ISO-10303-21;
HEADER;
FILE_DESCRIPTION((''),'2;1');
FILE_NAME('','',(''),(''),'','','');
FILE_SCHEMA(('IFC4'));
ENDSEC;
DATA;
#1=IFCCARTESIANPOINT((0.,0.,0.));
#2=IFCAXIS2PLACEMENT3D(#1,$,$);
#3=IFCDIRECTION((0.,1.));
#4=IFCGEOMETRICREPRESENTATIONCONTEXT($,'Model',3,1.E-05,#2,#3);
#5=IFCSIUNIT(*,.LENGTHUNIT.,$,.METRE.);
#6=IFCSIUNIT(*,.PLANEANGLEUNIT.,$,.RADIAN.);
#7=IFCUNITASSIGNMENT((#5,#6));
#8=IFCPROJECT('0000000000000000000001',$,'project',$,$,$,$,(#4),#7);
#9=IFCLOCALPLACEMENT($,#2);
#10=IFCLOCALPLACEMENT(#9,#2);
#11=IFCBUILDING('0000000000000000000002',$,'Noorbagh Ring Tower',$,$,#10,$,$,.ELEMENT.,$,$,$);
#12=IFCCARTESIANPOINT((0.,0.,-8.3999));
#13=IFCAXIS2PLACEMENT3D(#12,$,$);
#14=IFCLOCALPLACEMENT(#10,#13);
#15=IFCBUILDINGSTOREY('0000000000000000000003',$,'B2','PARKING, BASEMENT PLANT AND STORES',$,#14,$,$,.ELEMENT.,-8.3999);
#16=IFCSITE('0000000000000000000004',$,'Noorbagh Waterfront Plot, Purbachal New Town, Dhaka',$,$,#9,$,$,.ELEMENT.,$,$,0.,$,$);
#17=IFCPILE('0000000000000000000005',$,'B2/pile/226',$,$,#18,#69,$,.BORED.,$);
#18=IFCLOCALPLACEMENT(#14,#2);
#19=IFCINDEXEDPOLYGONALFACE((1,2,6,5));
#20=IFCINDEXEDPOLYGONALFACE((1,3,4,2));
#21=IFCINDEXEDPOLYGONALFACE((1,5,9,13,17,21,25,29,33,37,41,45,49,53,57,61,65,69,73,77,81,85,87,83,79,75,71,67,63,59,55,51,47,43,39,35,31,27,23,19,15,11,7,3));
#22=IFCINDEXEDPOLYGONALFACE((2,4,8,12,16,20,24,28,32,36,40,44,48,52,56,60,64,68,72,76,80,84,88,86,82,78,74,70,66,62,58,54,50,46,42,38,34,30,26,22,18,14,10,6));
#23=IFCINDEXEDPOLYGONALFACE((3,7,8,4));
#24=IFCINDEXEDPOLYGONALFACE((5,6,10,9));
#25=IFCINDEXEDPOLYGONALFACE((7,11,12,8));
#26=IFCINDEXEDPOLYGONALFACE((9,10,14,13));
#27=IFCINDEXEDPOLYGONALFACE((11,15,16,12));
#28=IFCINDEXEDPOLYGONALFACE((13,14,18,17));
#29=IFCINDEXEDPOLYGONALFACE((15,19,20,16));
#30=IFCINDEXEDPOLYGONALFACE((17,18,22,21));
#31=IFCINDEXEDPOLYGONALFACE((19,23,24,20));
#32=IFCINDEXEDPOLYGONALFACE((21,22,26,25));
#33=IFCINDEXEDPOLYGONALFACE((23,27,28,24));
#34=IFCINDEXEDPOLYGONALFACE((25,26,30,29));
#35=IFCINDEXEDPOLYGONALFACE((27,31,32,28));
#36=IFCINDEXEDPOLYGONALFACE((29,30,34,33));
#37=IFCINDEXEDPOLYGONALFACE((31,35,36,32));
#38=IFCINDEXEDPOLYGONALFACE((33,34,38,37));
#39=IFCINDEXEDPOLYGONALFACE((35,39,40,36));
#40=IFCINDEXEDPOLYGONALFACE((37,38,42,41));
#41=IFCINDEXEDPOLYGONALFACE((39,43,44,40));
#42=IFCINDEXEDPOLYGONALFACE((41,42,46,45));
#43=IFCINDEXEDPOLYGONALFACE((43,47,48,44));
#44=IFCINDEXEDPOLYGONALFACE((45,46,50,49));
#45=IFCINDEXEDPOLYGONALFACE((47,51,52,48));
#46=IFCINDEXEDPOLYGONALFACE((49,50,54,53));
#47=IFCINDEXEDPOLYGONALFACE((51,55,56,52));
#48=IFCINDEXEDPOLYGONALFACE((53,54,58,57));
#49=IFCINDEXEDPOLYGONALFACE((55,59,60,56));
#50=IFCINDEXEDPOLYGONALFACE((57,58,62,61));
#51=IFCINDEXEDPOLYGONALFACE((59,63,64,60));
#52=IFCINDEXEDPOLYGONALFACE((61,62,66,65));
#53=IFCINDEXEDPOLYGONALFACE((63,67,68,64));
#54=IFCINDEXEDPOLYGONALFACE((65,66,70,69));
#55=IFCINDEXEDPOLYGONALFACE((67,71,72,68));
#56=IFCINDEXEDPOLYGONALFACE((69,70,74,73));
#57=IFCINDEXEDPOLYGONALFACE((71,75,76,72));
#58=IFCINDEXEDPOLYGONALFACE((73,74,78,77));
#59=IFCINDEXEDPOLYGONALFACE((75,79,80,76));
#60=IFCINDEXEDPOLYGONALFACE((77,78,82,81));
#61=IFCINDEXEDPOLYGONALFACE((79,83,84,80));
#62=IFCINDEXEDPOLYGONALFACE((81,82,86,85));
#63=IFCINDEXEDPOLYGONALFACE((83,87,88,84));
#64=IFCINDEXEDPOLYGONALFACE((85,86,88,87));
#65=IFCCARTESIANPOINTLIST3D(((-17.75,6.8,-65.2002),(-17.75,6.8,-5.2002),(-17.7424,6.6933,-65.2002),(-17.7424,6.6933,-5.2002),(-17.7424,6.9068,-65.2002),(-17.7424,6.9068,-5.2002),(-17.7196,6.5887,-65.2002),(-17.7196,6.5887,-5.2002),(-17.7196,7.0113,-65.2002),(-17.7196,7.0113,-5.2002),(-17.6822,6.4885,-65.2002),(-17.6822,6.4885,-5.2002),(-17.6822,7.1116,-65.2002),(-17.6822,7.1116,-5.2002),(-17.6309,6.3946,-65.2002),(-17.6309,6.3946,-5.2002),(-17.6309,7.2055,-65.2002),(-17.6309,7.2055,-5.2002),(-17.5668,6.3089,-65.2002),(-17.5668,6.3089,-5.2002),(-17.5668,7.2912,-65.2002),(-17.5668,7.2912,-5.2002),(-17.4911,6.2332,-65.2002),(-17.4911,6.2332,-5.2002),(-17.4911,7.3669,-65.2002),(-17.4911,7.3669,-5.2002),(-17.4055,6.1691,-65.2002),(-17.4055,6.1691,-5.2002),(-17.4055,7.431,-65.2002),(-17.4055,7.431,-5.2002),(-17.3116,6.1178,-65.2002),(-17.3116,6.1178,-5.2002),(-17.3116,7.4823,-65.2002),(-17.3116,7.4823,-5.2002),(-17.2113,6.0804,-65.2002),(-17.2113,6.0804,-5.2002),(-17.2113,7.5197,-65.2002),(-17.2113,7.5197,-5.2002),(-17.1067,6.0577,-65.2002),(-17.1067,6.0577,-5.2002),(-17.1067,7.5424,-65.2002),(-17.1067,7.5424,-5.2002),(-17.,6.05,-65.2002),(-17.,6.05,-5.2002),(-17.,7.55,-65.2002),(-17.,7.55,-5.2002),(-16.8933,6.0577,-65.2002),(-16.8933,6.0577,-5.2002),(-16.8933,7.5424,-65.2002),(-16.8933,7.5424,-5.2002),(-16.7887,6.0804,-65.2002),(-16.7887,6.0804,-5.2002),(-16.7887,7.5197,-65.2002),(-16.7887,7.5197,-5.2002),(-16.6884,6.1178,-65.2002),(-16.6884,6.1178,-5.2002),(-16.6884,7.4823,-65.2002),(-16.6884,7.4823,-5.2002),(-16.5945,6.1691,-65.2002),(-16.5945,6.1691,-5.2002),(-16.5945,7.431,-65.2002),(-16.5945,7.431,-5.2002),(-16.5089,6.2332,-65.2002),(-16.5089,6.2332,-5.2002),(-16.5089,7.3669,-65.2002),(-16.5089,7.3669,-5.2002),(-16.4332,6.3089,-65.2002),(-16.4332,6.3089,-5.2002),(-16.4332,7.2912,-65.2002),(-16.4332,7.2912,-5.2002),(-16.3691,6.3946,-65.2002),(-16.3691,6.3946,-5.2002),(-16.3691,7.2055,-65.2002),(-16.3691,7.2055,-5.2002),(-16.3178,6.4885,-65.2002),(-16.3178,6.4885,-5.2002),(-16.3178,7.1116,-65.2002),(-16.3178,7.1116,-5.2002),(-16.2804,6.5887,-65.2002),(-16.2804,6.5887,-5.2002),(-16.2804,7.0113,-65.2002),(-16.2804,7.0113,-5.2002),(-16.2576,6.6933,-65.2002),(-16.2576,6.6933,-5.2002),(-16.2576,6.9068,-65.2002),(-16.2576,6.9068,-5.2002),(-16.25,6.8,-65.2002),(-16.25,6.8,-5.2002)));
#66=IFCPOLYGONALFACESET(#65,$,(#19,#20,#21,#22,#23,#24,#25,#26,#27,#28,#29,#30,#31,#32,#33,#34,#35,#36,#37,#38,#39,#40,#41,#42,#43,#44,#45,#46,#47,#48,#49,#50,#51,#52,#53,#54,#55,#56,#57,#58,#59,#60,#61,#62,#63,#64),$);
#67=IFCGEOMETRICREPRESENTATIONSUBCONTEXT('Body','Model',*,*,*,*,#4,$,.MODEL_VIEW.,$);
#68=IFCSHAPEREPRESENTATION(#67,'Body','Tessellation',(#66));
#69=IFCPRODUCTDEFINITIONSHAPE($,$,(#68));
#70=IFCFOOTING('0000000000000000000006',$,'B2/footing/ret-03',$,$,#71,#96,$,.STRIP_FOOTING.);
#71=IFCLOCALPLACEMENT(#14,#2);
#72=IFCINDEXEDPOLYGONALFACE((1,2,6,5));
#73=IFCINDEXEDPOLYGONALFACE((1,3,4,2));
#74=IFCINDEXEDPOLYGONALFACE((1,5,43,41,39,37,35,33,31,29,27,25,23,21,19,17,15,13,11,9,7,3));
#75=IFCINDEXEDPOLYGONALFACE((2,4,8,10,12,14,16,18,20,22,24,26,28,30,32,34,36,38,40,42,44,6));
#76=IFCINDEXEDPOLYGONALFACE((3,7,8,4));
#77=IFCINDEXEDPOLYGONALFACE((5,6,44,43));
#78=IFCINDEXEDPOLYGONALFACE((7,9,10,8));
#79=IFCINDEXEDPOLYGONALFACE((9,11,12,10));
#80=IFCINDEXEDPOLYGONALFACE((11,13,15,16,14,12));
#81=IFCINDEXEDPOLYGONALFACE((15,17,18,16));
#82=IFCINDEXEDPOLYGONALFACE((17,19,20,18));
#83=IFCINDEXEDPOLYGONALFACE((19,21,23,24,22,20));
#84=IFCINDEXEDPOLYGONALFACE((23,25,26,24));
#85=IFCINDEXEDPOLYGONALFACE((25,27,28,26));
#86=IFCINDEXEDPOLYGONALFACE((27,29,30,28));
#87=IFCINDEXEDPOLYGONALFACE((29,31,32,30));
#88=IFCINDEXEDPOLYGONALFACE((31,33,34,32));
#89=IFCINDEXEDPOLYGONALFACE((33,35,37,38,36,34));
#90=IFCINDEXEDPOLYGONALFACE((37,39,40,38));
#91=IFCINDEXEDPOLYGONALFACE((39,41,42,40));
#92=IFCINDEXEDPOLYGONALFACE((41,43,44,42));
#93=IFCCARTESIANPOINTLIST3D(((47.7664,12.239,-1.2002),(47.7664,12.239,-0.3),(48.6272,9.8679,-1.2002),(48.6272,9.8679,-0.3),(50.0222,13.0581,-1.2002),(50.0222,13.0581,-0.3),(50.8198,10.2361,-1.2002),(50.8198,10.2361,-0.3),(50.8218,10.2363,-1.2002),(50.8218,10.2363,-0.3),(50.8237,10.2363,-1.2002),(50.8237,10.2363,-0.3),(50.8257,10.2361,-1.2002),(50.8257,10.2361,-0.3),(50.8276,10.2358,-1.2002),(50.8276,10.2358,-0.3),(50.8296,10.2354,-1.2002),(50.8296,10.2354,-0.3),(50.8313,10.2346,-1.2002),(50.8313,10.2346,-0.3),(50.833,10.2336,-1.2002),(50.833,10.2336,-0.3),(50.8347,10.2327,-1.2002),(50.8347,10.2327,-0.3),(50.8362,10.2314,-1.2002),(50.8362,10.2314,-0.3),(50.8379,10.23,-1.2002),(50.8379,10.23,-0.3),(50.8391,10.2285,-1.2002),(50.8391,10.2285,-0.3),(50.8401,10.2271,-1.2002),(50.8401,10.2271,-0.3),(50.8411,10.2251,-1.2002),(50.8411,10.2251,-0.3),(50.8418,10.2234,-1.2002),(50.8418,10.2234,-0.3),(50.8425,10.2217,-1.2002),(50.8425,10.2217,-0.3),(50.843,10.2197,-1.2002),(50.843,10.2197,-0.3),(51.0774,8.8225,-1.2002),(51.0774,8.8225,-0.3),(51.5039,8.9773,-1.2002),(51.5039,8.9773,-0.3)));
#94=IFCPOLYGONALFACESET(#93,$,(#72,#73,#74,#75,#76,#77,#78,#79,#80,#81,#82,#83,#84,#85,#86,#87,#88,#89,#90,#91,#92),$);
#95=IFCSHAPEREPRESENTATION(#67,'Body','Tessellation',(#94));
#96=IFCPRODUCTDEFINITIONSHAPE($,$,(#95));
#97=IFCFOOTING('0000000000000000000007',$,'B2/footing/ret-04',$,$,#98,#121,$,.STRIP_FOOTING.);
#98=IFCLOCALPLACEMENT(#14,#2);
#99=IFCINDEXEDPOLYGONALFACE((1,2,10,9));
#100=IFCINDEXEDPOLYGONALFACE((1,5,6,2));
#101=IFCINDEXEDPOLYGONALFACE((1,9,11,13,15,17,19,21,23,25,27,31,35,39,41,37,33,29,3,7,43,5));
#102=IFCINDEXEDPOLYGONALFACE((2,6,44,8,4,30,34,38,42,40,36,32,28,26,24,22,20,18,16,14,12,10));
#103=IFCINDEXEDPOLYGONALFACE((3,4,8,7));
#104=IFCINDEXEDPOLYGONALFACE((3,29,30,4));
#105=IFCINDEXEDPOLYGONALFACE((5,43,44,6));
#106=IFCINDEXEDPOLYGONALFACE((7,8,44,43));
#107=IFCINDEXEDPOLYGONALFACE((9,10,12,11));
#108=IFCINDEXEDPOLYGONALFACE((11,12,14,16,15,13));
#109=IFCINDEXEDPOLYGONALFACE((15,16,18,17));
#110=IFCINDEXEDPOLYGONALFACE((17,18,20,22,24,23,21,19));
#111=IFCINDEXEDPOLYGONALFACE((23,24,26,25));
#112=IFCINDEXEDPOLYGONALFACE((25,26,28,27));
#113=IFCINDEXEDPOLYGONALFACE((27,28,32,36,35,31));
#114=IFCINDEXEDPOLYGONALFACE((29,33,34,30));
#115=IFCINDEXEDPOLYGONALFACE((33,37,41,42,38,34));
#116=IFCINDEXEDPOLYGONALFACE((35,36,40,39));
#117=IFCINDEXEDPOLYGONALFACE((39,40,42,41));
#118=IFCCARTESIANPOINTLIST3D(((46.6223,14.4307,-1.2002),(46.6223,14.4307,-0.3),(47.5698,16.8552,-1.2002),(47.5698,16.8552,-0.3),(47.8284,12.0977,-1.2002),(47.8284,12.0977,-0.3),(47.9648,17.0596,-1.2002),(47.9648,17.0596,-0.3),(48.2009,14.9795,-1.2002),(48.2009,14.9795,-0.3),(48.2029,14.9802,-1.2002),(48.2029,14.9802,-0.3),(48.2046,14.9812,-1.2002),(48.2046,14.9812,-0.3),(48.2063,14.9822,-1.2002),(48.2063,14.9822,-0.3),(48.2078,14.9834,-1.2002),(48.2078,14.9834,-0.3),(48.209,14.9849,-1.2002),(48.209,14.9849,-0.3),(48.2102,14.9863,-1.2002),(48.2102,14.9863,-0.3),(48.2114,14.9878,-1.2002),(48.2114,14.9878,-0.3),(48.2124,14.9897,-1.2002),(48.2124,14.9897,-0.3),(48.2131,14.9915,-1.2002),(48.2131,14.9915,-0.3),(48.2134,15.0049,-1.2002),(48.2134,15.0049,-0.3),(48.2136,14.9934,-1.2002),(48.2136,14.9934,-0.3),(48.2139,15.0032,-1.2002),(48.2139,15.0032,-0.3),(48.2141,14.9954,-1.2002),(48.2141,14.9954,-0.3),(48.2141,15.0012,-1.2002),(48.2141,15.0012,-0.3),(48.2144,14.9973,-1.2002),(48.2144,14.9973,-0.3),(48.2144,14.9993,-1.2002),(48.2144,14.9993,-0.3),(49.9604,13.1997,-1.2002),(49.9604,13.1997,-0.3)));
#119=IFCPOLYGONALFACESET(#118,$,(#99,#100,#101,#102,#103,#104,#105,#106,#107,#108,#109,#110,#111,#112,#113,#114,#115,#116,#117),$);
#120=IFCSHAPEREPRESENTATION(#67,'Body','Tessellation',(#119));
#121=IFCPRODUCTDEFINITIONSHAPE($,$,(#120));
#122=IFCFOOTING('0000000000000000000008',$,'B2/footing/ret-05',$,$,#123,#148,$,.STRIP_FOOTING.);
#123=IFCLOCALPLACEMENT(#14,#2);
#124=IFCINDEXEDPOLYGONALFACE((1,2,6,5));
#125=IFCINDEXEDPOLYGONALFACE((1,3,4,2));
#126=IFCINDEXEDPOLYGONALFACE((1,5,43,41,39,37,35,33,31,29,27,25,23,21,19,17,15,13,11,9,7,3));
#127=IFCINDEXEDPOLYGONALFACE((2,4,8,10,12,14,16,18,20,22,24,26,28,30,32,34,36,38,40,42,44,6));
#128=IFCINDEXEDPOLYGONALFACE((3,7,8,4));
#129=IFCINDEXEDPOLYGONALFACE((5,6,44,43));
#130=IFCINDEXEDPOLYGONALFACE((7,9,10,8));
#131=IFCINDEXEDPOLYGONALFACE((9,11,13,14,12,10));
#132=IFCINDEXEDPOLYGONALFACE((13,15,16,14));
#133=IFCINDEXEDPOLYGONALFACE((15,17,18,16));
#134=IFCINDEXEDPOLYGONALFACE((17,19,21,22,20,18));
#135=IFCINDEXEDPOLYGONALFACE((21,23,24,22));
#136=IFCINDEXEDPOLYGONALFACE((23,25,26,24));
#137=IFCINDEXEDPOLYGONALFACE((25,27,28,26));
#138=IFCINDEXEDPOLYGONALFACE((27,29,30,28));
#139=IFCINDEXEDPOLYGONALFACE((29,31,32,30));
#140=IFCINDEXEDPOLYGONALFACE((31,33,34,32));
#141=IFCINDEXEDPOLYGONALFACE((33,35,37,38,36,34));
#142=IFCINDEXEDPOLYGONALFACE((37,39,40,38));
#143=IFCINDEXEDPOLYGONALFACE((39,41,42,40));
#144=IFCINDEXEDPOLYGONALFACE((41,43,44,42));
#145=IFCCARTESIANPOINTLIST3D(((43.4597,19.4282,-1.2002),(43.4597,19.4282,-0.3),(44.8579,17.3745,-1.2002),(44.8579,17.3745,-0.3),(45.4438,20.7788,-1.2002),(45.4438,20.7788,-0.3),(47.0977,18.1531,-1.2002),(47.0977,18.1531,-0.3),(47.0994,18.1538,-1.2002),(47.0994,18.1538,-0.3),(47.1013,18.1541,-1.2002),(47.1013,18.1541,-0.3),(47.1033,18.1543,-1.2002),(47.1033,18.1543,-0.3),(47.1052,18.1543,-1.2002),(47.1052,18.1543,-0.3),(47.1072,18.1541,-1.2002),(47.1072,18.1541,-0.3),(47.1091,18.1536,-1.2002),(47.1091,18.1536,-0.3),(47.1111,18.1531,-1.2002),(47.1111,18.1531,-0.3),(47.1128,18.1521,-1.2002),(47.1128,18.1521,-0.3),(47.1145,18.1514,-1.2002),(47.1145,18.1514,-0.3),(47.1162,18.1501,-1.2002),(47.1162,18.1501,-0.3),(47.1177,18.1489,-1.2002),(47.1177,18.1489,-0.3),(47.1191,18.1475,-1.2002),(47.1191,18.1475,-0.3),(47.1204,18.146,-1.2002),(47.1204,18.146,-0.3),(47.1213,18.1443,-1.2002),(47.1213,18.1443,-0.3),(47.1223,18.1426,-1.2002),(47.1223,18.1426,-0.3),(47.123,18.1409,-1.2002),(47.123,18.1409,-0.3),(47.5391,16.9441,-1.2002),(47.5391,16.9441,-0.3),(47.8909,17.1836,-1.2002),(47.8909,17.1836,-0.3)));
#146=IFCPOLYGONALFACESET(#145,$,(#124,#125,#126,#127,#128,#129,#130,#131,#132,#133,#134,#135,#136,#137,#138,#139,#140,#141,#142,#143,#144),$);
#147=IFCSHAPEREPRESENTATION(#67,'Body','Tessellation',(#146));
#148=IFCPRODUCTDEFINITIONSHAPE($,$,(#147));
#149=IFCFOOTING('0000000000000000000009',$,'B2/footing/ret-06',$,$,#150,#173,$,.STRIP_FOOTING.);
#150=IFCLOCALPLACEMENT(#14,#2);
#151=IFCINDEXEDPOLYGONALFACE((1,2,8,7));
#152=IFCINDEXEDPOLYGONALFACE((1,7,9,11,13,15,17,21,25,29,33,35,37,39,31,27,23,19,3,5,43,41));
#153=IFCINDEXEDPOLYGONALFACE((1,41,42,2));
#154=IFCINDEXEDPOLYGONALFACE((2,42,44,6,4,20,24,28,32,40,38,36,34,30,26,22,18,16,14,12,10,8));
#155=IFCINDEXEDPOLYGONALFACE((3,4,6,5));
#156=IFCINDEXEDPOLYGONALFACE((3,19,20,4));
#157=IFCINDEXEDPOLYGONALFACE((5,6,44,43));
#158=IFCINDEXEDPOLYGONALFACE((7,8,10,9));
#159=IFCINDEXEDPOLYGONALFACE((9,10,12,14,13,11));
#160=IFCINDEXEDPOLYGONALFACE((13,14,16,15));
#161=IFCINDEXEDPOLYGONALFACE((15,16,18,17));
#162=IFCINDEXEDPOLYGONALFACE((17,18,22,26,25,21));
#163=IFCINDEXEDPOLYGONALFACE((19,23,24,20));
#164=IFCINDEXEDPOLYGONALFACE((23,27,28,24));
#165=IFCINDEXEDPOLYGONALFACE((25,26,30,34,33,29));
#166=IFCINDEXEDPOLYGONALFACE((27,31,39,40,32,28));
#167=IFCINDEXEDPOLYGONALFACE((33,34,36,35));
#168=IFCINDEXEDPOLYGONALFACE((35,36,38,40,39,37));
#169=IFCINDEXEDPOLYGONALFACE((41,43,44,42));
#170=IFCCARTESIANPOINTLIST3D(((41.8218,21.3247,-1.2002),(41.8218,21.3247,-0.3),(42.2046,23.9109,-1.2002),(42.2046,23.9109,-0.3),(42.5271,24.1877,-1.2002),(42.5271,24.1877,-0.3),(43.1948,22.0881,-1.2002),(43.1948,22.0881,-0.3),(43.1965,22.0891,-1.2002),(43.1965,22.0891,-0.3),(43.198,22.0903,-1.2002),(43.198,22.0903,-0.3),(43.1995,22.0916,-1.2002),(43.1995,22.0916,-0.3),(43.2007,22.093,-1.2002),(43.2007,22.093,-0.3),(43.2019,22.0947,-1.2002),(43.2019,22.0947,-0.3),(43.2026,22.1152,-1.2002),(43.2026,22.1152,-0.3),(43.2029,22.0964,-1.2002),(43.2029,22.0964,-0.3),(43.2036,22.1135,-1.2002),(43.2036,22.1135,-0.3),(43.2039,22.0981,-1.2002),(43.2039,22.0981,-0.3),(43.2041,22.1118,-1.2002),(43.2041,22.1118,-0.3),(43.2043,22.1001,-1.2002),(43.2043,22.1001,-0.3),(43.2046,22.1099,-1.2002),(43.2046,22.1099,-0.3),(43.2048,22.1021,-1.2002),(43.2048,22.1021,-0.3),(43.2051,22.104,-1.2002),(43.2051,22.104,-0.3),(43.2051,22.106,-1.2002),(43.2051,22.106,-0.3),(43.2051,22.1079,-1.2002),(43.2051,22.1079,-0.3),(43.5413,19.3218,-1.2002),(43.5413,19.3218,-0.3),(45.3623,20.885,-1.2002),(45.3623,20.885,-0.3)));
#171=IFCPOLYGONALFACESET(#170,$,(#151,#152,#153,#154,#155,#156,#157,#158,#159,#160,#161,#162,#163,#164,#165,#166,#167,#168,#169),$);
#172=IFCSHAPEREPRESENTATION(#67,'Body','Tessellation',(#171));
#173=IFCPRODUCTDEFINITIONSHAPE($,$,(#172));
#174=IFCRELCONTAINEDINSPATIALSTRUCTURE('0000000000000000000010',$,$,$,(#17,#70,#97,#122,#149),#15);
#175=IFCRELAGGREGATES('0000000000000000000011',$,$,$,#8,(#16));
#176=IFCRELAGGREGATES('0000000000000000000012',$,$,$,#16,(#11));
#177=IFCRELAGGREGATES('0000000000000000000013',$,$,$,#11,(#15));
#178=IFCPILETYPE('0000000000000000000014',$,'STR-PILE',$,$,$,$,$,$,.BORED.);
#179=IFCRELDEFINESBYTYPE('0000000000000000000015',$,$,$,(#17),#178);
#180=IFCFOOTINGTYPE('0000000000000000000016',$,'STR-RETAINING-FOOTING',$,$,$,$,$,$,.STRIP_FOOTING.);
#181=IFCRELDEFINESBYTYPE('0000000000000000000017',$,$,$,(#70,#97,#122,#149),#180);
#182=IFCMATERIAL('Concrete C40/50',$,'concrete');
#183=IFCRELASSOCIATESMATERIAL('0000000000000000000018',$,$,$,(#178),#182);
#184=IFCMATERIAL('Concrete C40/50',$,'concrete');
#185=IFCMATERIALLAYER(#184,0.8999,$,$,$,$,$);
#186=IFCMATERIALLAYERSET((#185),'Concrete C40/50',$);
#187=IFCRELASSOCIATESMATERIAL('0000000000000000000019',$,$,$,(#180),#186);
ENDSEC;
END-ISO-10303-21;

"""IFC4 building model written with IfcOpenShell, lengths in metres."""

from ifc_helpers import new_model, si_unit, direction, frame, origin, origin_2d, place, context, subcontext, project, spatial, polyline, circle, outline, extrude, material, layer, layer_set, material_profile, profile_set, type_object, element, save


model = new_model("IFC4")

# Units and contexts
model_context = context("Model", 3, precision=1e-05, world=origin(), true_north=direction((0.0, 1.0)))
body_context = subcontext(model_context, "Body", "Model", "MODEL_VIEW")
ifc_project = project(units=[si_unit("LENGTHUNIT", "METRE"), si_unit("PLANEANGLEUNIT", "RADIAN")], contexts=[model_context])

# Site, building, storey
site_placement = place(None, origin())
site = spatial("IfcSite", under=ifc_project, at=site_placement, Name="Noorbagh Waterfront Plot, Purbachal New Town, Dhaka", CompositionType="ELEMENT", RefElevation=0.0)
building_placement = place(site_placement, origin())
building = spatial("IfcBuilding", under=site, at=building_placement, Name="Noorbagh Ring Tower", CompositionType="ELEMENT")
storey_placement = place(building_placement, frame((0.0, 0.0, -8.3999)))
storey = spatial("IfcBuildingStorey", under=building, at=storey_placement, Name="B2", Description="PARKING, BASEMENT PLANT AND STORES", CompositionType="ELEMENT", Elevation=-8.3999)

# Pile
ifc_material_1 = material(Name="Concrete C40/50", Category="concrete")
ifc_material_profile_1 = material_profile(ifc_material_1, circle(Radius=0.75, at=origin_2d()), Name="PILE1500")
ifc_profile_set_1 = profile_set([ifc_material_profile_1], Name="Concrete C40/50")
pile_type = type_object("IfcPileType", Name="STR-PILE", PredefinedType="BORED", material=ifc_profile_set_1)
for number, where, z_axis, x_axis, name in (
    (1, (-17.0, 6.8, -5.2002), (0.0, 0.0, -1.0), (1.0, 0.0, 0.0), "B2/pile/226"),
):
    element("IfcPile", number, at=place(storey_placement, frame(where, z_axis=z_axis, x_axis=x_axis)), inside=storey, type_object=pile_type, Name=name, PredefinedType="BORED", context=body_context, shape_type="SweptSolid", body=[
        extrude(circle(Radius=0.75, at=origin_2d()), origin(), (0.0, 0.0, 1.0), 60.0),
    ])

# Footings
ifc_material_2 = material(Name="Concrete C40/50", Category="concrete")
ifc_layer_1 = layer(ifc_material_2, 0.8999)
ifc_layer_set_1 = layer_set([ifc_layer_1], Name="Concrete C40/50")
footing_type = type_object("IfcFootingType", Name="STR-RETAINING-FOOTING", PredefinedType="STRIP_FOOTING", material=ifc_layer_set_1)
footing_1_placement = place(storey_placement, frame((0.0, 0.0, -1.2002)))
element("IfcFooting", 2, at=footing_1_placement, inside=storey, type_object=footing_type, Name="B2/footing/ret-03", PredefinedType="STRIP_FOOTING", context=body_context, shape_type="SweptSolid", body=[
    extrude(outline(polyline([(50.0222, 13.0581), (51.5039, 8.9773), (51.0774, 8.8225), (50.843, 10.2197), (50.8425, 10.2217), (50.8418, 10.2234), (50.8411, 10.2251), (50.8401, 10.2271), (50.8391, 10.2285), (50.8379, 10.23), (50.8362, 10.2314), (50.8347, 10.2327), (50.833, 10.2336), (50.8313, 10.2346), (50.8296, 10.2354), (50.8276, 10.2358), (50.8257, 10.2361), (50.8237, 10.2363), (50.8218, 10.2363), (50.8198, 10.2361), (48.6272, 9.8679), (47.7664, 12.239), (50.0222, 13.0581)])), origin(), (0.0, 0.0, 1.0), 0.9001),
])
footing_2_placement = place(storey_placement, frame((0.0, 0.0, -1.2002)))
element("IfcFooting", 3, at=footing_2_placement, inside=storey, type_object=footing_type, Name="B2/footing/ret-04", PredefinedType="STRIP_FOOTING", context=body_context, shape_type="SweptSolid", body=[
    extrude(outline(polyline([(47.9648, 17.0596), (49.9604, 13.1997), (47.8284, 12.0977), (46.6223, 14.4307), (48.2009, 14.9795), (48.2029, 14.9802), (48.2046, 14.9812), (48.2063, 14.9822), (48.2078, 14.9834), (48.209, 14.9849), (48.2102, 14.9863), (48.2114, 14.9878), (48.2124, 14.9897), (48.2131, 14.9915), (48.2136, 14.9934), (48.2141, 14.9954), (48.2144, 14.9973), (48.2144, 14.9993), (48.2141, 15.0012), (48.2139, 15.0032), (48.2134, 15.0049), (47.5698, 16.8552), (47.9648, 17.0596)])), origin(), (0.0, 0.0, 1.0), 0.9001),
])
footing_3_placement = place(storey_placement, frame((0.0, 0.0, -1.2002)))
element("IfcFooting", 4, at=footing_3_placement, inside=storey, type_object=footing_type, Name="B2/footing/ret-05", PredefinedType="STRIP_FOOTING", context=body_context, shape_type="SweptSolid", body=[
    extrude(outline(polyline([(45.4438, 20.7788), (47.8909, 17.1836), (47.5391, 16.9441), (47.123, 18.1409), (47.1223, 18.1426), (47.1213, 18.1443), (47.1204, 18.146), (47.1191, 18.1475), (47.1177, 18.1489), (47.1162, 18.1501), (47.1145, 18.1514), (47.1128, 18.1521), (47.1111, 18.1531), (47.1091, 18.1536), (47.1072, 18.1541), (47.1052, 18.1543), (47.1033, 18.1543), (47.1013, 18.1541), (47.0994, 18.1538), (47.0977, 18.1531), (44.8579, 17.3745), (43.4597, 19.4282), (45.4438, 20.7788)])), origin(), (0.0, 0.0, 1.0), 0.9001),
])
footing_4_placement = place(storey_placement, frame((0.0, 0.0, -1.2002)))
element("IfcFooting", 5, at=footing_4_placement, inside=storey, type_object=footing_type, Name="B2/footing/ret-06", PredefinedType="STRIP_FOOTING", context=body_context, shape_type="SweptSolid", body=[
    extrude(outline(polyline([(42.5271, 24.1877), (45.3623, 20.885), (43.5413, 19.3218), (41.8218, 21.3247), (43.1948, 22.0881), (43.1965, 22.0891), (43.198, 22.0903), (43.1995, 22.0916), (43.2007, 22.093), (43.2019, 22.0947), (43.2029, 22.0964), (43.2039, 22.0981), (43.2043, 22.1001), (43.2048, 22.1021), (43.2051, 22.104), (43.2051, 22.106), (43.2051, 22.1079), (43.2046, 22.1099), (43.2041, 22.1118), (43.2036, 22.1135), (43.2026, 22.1152), (42.2046, 23.9109), (42.5271, 24.1877)])), origin(), (0.0, 0.0, 1.0), 0.9001),
])

save(model, "model.ifc")
